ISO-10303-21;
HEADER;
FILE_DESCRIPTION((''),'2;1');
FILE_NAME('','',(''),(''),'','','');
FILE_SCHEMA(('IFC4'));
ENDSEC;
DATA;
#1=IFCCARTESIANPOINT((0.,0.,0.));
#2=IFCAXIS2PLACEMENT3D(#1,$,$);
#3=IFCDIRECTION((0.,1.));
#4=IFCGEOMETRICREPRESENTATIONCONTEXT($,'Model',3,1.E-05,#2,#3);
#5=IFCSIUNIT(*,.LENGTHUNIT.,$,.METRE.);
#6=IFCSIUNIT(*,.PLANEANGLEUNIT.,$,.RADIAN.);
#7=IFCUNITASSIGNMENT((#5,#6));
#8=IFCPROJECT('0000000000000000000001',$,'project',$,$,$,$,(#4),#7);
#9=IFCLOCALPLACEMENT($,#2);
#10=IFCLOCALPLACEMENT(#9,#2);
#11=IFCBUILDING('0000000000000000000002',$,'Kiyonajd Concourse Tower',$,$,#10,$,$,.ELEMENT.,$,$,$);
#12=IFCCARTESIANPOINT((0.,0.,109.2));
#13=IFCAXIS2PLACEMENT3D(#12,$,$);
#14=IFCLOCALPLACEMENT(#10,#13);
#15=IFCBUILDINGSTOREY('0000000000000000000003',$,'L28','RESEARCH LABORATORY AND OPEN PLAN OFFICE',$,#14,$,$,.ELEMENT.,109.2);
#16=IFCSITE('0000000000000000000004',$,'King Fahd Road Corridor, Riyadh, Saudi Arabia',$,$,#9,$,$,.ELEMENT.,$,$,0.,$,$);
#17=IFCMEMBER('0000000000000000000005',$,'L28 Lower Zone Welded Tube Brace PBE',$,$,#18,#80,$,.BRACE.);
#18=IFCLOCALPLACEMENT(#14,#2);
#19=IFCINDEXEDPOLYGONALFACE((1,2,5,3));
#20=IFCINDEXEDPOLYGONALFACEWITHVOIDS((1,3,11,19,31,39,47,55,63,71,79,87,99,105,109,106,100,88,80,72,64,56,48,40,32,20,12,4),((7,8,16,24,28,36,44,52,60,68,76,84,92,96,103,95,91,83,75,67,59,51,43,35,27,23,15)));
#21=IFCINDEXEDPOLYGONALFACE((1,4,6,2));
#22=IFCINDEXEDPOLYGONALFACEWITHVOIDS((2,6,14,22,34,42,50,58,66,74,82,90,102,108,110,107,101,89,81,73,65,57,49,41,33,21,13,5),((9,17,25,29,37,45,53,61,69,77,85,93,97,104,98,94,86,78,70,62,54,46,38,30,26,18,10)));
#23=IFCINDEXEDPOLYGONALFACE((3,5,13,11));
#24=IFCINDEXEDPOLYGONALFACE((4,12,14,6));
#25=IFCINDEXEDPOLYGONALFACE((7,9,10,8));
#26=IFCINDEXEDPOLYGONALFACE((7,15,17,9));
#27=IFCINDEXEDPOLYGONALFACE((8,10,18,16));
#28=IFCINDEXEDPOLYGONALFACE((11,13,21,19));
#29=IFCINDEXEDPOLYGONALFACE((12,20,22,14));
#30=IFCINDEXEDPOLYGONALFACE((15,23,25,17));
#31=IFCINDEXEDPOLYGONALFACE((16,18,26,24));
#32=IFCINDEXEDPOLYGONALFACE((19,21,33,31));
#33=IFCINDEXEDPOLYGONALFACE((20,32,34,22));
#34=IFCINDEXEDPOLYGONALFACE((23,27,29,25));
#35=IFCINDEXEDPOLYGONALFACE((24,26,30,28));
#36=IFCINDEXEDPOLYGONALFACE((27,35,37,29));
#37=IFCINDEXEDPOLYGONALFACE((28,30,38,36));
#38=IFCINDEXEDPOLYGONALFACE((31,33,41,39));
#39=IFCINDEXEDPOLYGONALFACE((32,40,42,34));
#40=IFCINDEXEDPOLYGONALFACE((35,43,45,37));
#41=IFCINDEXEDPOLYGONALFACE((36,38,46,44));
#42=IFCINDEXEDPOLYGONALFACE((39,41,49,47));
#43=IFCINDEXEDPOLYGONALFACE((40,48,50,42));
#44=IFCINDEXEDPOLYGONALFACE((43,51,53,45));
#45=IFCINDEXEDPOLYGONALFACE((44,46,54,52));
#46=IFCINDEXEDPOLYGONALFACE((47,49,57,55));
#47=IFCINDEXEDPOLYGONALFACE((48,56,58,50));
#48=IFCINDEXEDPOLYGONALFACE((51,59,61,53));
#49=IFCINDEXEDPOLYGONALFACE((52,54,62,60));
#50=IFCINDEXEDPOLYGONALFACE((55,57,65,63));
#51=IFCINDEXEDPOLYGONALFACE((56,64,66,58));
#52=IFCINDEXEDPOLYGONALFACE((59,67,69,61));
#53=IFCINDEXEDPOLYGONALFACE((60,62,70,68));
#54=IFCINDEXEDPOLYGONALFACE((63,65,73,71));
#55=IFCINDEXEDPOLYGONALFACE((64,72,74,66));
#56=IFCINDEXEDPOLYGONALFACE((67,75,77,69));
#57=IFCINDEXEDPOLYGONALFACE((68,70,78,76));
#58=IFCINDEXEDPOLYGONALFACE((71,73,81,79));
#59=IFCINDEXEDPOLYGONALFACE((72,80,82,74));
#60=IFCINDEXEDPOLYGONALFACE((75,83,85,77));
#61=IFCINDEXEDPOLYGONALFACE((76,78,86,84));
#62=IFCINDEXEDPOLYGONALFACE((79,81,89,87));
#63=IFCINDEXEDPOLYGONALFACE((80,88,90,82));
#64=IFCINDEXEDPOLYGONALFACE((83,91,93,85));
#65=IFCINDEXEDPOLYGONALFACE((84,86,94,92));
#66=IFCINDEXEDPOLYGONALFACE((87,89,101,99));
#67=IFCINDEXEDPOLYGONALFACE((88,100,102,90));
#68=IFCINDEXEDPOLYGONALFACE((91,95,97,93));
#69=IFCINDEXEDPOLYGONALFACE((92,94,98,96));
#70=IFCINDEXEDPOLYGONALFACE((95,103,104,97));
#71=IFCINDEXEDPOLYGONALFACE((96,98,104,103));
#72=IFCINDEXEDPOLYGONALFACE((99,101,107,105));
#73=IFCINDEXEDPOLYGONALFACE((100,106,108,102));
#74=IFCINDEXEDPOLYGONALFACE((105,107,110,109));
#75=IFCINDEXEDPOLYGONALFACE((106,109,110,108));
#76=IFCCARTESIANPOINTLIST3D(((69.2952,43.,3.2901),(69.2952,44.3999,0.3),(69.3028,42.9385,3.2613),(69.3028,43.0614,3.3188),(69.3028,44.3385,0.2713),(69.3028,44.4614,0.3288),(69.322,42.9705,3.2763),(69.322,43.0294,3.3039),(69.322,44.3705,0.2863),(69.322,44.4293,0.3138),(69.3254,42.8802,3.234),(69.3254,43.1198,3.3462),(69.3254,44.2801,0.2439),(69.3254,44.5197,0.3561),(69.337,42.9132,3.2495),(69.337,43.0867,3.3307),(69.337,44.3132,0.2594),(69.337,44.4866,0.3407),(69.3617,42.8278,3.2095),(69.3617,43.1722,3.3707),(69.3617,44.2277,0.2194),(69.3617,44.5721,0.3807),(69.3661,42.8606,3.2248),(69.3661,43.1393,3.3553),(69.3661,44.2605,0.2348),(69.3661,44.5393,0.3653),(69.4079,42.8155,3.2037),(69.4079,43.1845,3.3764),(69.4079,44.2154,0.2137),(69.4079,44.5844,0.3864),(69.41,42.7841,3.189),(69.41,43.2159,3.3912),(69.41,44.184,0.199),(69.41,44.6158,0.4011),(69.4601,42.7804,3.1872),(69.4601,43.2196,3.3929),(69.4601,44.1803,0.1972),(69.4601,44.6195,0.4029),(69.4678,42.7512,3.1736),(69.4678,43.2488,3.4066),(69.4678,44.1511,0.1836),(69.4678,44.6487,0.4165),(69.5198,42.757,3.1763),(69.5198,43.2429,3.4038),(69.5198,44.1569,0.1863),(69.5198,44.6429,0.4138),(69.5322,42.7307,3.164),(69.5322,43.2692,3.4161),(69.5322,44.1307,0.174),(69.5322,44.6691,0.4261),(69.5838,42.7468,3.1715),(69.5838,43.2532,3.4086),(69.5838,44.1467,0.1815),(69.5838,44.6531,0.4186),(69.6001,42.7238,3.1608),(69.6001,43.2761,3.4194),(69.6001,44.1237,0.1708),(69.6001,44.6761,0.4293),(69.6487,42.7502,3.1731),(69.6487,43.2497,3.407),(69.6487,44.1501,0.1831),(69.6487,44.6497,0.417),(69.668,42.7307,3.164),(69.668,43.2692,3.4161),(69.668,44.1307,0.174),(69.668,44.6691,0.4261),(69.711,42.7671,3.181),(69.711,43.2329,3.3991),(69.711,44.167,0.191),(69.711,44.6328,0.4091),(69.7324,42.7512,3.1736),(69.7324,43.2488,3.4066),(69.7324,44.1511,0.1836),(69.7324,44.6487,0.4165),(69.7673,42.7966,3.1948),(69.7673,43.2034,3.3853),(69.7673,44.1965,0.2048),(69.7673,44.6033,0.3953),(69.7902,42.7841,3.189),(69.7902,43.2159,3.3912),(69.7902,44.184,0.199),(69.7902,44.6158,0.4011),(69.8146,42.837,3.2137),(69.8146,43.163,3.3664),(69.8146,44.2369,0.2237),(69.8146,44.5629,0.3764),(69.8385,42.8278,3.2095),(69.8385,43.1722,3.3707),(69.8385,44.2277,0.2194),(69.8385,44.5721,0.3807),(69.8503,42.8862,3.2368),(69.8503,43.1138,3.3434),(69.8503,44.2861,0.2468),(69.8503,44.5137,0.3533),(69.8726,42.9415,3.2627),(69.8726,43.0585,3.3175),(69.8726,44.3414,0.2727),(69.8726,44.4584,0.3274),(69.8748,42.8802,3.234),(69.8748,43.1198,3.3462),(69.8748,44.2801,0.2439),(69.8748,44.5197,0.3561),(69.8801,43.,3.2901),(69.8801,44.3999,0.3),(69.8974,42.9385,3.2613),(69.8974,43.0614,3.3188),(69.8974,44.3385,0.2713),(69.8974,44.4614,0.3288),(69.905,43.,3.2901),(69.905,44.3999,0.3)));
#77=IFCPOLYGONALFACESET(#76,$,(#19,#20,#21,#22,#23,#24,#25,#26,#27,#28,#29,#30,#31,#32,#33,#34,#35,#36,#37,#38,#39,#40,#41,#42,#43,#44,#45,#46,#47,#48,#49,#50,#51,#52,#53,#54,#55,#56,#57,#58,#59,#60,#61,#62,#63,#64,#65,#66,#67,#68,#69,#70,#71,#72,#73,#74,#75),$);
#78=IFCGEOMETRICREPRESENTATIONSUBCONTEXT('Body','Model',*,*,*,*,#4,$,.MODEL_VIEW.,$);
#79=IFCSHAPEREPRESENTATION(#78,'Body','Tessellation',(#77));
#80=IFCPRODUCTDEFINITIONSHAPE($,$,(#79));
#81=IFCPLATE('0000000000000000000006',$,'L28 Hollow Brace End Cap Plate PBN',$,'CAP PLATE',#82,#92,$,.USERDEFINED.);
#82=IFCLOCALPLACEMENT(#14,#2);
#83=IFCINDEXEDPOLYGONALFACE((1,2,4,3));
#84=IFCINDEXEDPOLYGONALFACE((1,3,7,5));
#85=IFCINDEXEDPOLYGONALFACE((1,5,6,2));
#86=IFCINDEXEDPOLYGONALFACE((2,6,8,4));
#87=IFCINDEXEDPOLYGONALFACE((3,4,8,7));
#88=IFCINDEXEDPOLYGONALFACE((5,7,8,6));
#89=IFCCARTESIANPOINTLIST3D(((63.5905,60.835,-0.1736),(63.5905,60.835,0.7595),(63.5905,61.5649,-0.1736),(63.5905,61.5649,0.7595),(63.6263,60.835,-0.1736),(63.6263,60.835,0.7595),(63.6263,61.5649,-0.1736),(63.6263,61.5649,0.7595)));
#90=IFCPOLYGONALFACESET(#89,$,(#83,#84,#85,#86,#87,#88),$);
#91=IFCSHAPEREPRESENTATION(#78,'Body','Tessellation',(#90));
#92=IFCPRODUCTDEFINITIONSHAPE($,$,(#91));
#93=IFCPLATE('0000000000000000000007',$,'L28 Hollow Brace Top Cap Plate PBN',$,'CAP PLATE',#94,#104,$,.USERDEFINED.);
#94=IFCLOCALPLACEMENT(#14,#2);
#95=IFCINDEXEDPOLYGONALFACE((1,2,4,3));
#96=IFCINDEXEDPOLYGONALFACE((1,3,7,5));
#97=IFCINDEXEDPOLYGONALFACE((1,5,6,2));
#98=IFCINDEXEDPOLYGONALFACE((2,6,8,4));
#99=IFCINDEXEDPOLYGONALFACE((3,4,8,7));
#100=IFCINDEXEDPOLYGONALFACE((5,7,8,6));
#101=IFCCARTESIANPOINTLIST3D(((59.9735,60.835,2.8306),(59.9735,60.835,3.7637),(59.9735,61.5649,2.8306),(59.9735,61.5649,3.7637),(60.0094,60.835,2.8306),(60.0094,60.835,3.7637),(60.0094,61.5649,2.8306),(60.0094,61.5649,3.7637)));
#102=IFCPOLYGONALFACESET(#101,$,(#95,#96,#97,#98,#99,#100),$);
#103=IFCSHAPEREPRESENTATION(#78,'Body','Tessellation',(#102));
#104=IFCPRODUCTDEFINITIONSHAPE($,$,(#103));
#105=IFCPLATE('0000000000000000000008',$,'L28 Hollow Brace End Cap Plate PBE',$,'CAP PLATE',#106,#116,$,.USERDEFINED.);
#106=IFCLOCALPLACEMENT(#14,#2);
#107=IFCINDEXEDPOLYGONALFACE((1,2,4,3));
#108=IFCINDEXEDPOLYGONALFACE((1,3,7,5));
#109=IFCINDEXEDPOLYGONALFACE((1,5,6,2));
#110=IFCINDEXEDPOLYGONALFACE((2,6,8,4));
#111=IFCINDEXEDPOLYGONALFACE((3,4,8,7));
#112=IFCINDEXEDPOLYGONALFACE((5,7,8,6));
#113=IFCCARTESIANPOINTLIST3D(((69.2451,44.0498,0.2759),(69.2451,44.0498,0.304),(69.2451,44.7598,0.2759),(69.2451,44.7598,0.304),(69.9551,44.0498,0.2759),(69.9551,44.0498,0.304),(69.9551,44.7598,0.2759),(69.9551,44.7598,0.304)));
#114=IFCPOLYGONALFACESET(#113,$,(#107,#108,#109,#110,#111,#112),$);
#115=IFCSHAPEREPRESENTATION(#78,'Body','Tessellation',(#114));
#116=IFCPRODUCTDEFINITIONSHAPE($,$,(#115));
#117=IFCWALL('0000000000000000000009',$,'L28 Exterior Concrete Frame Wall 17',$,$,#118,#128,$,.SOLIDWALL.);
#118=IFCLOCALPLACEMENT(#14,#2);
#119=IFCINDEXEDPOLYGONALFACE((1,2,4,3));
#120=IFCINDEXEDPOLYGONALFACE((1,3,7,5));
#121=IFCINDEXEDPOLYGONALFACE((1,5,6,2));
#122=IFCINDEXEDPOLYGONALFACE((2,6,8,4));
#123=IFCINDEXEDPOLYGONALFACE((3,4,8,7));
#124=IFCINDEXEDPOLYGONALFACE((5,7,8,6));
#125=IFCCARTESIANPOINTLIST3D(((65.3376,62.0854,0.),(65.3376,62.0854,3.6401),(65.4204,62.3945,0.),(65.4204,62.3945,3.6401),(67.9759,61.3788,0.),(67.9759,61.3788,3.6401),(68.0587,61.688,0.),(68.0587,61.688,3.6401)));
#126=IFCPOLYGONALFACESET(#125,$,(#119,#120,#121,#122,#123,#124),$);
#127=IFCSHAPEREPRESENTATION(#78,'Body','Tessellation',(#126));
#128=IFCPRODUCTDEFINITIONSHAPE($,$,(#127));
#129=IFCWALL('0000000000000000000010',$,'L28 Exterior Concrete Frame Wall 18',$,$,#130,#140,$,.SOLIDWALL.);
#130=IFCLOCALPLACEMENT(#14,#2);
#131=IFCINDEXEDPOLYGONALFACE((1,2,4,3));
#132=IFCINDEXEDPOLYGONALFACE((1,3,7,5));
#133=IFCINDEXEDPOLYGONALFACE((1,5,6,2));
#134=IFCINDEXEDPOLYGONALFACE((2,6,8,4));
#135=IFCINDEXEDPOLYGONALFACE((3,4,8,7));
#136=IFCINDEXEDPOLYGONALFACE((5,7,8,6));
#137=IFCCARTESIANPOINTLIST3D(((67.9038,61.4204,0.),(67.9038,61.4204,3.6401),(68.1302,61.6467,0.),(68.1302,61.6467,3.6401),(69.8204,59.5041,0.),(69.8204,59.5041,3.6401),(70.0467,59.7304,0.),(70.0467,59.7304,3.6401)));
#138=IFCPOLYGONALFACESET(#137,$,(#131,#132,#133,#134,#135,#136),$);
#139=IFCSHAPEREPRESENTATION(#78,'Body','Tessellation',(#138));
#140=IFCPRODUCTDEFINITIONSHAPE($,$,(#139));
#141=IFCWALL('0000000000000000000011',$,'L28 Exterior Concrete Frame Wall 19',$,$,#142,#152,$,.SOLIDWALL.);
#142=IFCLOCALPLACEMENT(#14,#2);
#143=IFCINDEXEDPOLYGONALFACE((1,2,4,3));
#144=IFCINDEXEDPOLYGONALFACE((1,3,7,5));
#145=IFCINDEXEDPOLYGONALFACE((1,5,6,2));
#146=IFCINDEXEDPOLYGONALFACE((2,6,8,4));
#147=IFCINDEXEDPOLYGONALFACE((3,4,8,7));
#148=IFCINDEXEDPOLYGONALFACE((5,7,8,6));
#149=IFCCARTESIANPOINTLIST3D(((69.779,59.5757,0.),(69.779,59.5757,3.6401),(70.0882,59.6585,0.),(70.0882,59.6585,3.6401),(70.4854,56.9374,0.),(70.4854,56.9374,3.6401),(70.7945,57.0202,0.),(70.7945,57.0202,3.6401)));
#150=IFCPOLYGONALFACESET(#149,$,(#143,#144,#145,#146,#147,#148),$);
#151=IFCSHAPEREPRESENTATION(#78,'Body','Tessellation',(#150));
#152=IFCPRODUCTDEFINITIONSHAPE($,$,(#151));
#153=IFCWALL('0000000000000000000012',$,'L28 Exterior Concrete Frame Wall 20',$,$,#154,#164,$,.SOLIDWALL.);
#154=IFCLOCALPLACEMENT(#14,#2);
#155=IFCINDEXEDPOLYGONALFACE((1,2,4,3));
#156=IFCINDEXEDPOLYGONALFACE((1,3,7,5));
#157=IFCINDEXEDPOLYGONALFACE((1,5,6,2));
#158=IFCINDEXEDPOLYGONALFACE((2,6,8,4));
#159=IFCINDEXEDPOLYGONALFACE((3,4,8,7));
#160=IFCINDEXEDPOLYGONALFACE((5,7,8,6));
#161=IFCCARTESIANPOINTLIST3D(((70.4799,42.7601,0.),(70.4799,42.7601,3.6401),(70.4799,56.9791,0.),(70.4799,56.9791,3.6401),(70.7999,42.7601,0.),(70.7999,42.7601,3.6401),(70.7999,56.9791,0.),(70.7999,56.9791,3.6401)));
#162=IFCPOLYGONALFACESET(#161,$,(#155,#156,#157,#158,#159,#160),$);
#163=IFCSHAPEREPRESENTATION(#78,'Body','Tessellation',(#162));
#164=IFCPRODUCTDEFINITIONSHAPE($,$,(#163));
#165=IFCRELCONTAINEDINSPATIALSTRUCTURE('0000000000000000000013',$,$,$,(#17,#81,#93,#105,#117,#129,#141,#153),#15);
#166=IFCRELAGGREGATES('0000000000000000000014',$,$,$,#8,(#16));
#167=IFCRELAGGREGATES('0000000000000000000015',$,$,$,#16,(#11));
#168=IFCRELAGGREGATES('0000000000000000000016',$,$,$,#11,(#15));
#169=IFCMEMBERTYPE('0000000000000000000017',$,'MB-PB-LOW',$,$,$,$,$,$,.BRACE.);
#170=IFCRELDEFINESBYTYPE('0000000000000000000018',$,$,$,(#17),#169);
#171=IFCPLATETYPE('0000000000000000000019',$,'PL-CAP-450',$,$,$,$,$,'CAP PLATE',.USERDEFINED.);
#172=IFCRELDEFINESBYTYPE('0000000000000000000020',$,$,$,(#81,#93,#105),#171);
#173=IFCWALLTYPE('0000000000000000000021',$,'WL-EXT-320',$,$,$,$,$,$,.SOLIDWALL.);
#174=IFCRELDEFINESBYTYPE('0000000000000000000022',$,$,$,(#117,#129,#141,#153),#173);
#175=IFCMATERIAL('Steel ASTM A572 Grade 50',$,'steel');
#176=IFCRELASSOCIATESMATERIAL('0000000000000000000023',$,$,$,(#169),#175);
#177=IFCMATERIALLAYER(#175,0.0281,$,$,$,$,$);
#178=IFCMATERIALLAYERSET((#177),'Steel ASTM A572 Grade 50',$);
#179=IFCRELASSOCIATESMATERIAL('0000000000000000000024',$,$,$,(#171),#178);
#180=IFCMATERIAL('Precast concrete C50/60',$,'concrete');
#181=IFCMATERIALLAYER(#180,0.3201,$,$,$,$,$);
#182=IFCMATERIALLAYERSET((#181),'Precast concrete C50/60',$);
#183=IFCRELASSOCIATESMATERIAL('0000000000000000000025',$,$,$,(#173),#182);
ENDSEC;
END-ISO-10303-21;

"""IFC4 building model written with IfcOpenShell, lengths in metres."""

from ifc_helpers import new_model, si_unit, direction, frame, frame_2d, origin, origin_2d, place, context, subcontext, project, spatial, rectangle, hollow_circle, extrude, material, layer, layer_set, material_profile, profile_set, type_object, element, save


model = new_model("IFC4")

# Units and contexts
model_context = context("Model", 3, precision=1e-05, world=origin(), true_north=direction((0.0, 1.0)))
body_context = subcontext(model_context, "Body", "Model", "MODEL_VIEW")
ifc_project = project(units=[si_unit("LENGTHUNIT", "METRE"), si_unit("PLANEANGLEUNIT", "RADIAN")], contexts=[model_context])

# Site, building, storey
site_placement = place(None, origin())
site = spatial("IfcSite", under=ifc_project, at=site_placement, Name="King Fahd Road Corridor, Riyadh, Saudi Arabia", CompositionType="ELEMENT", RefElevation=0.0)
building_placement = place(site_placement, origin())
building = spatial("IfcBuilding", under=site, at=building_placement, Name="Kiyonajd Concourse Tower", CompositionType="ELEMENT")
storey_placement = place(building_placement, frame((0.0, 0.0, 109.2)))
storey = spatial("IfcBuildingStorey", under=building, at=storey_placement, Name="L28", Description="RESEARCH LABORATORY AND OPEN PLAN OFFICE", CompositionType="ELEMENT", Elevation=109.2)

# Shared definitions
ifc_material_1 = material(Name="Precast concrete C50/60", Category="concrete")

# Member
ifc_material_2 = material(Name="Steel ASTM A572 Grade 50", Category="steel")
ifc_material_profile_1 = material_profile(ifc_material_2, hollow_circle(Radius=0.3049, WallThickness=0.0249, at=origin_2d()), Name="CHS-610x25")
ifc_profile_set_1 = profile_set([ifc_material_profile_1], Name="Steel ASTM A572 Grade 50")
member_type = type_object("IfcMemberType", Name="MB-PB-LOW", PredefinedType="BRACE", material=ifc_profile_set_1)
member_1_placement = place(storey_placement, frame((69.6001, 44.3999, 0.3), z_axis=(0.0, -0.424023, 0.905652), x_axis=(1.0, 0.0, 0.0)))
element("IfcMember", 1, at=member_1_placement, inside=storey, type_object=member_type, Name="L28 Lower Zone Welded Tube Brace PBE", PredefinedType="BRACE", context=body_context, shape_type="SweptSolid", body=[
    extrude(hollow_circle(Radius=0.3049, WallThickness=0.0249, at=origin_2d()), origin(), (0.0, 0.0, 1.0), 3.3015),
])

# Plates
ifc_layer_1 = layer(ifc_material_2, 0.0281)
ifc_layer_set_1 = layer_set([ifc_layer_1], Name="Steel ASTM A572 Grade 50")
plate_type = type_object("IfcPlateType", Name="PL-CAP-450", ElementType="CAP PLATE", PredefinedType="USERDEFINED", material=ifc_layer_set_1)
for number, where, z_axis, x_axis, name in (
    (2, (63.6084, 61.2, -0.1736), (0.0, 0.0, 1.0), (1.0, 0.0, 0.0), "L28 Hollow Brace End Cap Plate PBN"),
    (3, (59.9915, 61.2, 2.8306), (0.0, 0.0, 1.0), (-1.0, 0.0, 0.0), "L28 Hollow Brace Top Cap Plate PBN"),
):
    element("IfcPlate", number, at=place(storey_placement, frame(where, z_axis=z_axis, x_axis=x_axis)), inside=storey, type_object=plate_type, Name=name, ObjectType="CAP PLATE", PredefinedType="USERDEFINED", context=body_context, shape_type="SweptSolid", body=[
        extrude(rectangle(XDim=0.0359, YDim=0.73, at=origin_2d()), origin(), (0.0, 0.0, 1.0), 0.9331),
    ])
plate_placement = place(storey_placement, frame((69.6001, 44.4048, 0.2759), z_axis=(0.0, 0.0, 1.0), x_axis=(1.0, 0.0, 0.0)))
element("IfcPlate", 4, at=plate_placement, inside=storey, type_object=plate_type, Name="L28 Hollow Brace End Cap Plate PBE", ObjectType="CAP PLATE", PredefinedType="USERDEFINED", context=body_context, shape_type="SweptSolid", body=[
    extrude(rectangle(XDim=0.71, YDim=0.71, at=origin_2d()), origin(), (0.0, 0.0, 1.0), 0.0281),
])

# Walls
ifc_layer_2 = layer(ifc_material_1, 0.3201)
ifc_layer_set_2 = layer_set([ifc_layer_2], Name="Precast concrete C50/60")
wall_type = type_object("IfcWallType", Name="WL-EXT-320", PredefinedType="SOLIDWALL", material=ifc_layer_set_2)
wall_1_placement = place(storey_placement, frame((65.3789, 62.24, 0.0), z_axis=(0.0, 0.0, 1.0), x_axis=(0.965958, -0.258697, 0.0)))
element("IfcWall", 5, at=wall_1_placement, inside=storey, type_object=wall_type, Name="L28 Exterior Concrete Frame Wall 17", PredefinedType="SOLIDWALL", context=body_context, shape_type="SweptSolid", body=[
    extrude(rectangle(XDim=2.7312, YDim=0.3201, at=frame_2d((1.3657, 0.0))), origin(), (0.0, 0.0, 1.0), 3.6401),
])
wall_2_placement = place(storey_placement, frame((68.0171, 61.5334, 0.0), z_axis=(0.0, 0.0, 1.0), x_axis=(0.707152, -0.707062, 0.0)))
element("IfcWall", 6, at=wall_2_placement, inside=storey, type_object=wall_type, Name="L28 Exterior Concrete Frame Wall 18", PredefinedType="SOLIDWALL", context=body_context, shape_type="SweptSolid", body=[
    extrude(rectangle(XDim=2.7102, YDim=0.3201, at=frame_2d((1.355, 0.0))), origin(), (0.0, 0.0, 1.0), 3.6401),
])
wall_3_placement = place(storey_placement, frame((69.9336, 59.6172, 0.0), z_axis=(0.0, 0.0, 1.0), x_axis=(0.258614, -0.965981, 0.0)))
element("IfcWall", 7, at=wall_3_placement, inside=storey, type_object=wall_type, Name="L28 Exterior Concrete Frame Wall 19", PredefinedType="SOLIDWALL", context=body_context, shape_type="SweptSolid", body=[
    extrude(rectangle(XDim=2.7312, YDim=0.3201, at=frame_2d((1.3657, 0.0))), origin(), (0.0, 0.0, 1.0), 3.6401),
])
wall_4_placement = place(storey_placement, frame((70.6399, 56.979, 0.0), z_axis=(0.0, 0.0, 1.0), x_axis=(0.0, -1.0, 0.0)))
element("IfcWall", 8, at=wall_4_placement, inside=storey, type_object=wall_type, Name="L28 Exterior Concrete Frame Wall 20", PredefinedType="SOLIDWALL", context=body_context, shape_type="SweptSolid", body=[
    extrude(rectangle(XDim=14.219, YDim=0.3201, at=frame_2d((7.1094, 0.0))), origin(), (0.0, 0.0, 1.0), 3.6401),
])

save(model, "model.ifc")
